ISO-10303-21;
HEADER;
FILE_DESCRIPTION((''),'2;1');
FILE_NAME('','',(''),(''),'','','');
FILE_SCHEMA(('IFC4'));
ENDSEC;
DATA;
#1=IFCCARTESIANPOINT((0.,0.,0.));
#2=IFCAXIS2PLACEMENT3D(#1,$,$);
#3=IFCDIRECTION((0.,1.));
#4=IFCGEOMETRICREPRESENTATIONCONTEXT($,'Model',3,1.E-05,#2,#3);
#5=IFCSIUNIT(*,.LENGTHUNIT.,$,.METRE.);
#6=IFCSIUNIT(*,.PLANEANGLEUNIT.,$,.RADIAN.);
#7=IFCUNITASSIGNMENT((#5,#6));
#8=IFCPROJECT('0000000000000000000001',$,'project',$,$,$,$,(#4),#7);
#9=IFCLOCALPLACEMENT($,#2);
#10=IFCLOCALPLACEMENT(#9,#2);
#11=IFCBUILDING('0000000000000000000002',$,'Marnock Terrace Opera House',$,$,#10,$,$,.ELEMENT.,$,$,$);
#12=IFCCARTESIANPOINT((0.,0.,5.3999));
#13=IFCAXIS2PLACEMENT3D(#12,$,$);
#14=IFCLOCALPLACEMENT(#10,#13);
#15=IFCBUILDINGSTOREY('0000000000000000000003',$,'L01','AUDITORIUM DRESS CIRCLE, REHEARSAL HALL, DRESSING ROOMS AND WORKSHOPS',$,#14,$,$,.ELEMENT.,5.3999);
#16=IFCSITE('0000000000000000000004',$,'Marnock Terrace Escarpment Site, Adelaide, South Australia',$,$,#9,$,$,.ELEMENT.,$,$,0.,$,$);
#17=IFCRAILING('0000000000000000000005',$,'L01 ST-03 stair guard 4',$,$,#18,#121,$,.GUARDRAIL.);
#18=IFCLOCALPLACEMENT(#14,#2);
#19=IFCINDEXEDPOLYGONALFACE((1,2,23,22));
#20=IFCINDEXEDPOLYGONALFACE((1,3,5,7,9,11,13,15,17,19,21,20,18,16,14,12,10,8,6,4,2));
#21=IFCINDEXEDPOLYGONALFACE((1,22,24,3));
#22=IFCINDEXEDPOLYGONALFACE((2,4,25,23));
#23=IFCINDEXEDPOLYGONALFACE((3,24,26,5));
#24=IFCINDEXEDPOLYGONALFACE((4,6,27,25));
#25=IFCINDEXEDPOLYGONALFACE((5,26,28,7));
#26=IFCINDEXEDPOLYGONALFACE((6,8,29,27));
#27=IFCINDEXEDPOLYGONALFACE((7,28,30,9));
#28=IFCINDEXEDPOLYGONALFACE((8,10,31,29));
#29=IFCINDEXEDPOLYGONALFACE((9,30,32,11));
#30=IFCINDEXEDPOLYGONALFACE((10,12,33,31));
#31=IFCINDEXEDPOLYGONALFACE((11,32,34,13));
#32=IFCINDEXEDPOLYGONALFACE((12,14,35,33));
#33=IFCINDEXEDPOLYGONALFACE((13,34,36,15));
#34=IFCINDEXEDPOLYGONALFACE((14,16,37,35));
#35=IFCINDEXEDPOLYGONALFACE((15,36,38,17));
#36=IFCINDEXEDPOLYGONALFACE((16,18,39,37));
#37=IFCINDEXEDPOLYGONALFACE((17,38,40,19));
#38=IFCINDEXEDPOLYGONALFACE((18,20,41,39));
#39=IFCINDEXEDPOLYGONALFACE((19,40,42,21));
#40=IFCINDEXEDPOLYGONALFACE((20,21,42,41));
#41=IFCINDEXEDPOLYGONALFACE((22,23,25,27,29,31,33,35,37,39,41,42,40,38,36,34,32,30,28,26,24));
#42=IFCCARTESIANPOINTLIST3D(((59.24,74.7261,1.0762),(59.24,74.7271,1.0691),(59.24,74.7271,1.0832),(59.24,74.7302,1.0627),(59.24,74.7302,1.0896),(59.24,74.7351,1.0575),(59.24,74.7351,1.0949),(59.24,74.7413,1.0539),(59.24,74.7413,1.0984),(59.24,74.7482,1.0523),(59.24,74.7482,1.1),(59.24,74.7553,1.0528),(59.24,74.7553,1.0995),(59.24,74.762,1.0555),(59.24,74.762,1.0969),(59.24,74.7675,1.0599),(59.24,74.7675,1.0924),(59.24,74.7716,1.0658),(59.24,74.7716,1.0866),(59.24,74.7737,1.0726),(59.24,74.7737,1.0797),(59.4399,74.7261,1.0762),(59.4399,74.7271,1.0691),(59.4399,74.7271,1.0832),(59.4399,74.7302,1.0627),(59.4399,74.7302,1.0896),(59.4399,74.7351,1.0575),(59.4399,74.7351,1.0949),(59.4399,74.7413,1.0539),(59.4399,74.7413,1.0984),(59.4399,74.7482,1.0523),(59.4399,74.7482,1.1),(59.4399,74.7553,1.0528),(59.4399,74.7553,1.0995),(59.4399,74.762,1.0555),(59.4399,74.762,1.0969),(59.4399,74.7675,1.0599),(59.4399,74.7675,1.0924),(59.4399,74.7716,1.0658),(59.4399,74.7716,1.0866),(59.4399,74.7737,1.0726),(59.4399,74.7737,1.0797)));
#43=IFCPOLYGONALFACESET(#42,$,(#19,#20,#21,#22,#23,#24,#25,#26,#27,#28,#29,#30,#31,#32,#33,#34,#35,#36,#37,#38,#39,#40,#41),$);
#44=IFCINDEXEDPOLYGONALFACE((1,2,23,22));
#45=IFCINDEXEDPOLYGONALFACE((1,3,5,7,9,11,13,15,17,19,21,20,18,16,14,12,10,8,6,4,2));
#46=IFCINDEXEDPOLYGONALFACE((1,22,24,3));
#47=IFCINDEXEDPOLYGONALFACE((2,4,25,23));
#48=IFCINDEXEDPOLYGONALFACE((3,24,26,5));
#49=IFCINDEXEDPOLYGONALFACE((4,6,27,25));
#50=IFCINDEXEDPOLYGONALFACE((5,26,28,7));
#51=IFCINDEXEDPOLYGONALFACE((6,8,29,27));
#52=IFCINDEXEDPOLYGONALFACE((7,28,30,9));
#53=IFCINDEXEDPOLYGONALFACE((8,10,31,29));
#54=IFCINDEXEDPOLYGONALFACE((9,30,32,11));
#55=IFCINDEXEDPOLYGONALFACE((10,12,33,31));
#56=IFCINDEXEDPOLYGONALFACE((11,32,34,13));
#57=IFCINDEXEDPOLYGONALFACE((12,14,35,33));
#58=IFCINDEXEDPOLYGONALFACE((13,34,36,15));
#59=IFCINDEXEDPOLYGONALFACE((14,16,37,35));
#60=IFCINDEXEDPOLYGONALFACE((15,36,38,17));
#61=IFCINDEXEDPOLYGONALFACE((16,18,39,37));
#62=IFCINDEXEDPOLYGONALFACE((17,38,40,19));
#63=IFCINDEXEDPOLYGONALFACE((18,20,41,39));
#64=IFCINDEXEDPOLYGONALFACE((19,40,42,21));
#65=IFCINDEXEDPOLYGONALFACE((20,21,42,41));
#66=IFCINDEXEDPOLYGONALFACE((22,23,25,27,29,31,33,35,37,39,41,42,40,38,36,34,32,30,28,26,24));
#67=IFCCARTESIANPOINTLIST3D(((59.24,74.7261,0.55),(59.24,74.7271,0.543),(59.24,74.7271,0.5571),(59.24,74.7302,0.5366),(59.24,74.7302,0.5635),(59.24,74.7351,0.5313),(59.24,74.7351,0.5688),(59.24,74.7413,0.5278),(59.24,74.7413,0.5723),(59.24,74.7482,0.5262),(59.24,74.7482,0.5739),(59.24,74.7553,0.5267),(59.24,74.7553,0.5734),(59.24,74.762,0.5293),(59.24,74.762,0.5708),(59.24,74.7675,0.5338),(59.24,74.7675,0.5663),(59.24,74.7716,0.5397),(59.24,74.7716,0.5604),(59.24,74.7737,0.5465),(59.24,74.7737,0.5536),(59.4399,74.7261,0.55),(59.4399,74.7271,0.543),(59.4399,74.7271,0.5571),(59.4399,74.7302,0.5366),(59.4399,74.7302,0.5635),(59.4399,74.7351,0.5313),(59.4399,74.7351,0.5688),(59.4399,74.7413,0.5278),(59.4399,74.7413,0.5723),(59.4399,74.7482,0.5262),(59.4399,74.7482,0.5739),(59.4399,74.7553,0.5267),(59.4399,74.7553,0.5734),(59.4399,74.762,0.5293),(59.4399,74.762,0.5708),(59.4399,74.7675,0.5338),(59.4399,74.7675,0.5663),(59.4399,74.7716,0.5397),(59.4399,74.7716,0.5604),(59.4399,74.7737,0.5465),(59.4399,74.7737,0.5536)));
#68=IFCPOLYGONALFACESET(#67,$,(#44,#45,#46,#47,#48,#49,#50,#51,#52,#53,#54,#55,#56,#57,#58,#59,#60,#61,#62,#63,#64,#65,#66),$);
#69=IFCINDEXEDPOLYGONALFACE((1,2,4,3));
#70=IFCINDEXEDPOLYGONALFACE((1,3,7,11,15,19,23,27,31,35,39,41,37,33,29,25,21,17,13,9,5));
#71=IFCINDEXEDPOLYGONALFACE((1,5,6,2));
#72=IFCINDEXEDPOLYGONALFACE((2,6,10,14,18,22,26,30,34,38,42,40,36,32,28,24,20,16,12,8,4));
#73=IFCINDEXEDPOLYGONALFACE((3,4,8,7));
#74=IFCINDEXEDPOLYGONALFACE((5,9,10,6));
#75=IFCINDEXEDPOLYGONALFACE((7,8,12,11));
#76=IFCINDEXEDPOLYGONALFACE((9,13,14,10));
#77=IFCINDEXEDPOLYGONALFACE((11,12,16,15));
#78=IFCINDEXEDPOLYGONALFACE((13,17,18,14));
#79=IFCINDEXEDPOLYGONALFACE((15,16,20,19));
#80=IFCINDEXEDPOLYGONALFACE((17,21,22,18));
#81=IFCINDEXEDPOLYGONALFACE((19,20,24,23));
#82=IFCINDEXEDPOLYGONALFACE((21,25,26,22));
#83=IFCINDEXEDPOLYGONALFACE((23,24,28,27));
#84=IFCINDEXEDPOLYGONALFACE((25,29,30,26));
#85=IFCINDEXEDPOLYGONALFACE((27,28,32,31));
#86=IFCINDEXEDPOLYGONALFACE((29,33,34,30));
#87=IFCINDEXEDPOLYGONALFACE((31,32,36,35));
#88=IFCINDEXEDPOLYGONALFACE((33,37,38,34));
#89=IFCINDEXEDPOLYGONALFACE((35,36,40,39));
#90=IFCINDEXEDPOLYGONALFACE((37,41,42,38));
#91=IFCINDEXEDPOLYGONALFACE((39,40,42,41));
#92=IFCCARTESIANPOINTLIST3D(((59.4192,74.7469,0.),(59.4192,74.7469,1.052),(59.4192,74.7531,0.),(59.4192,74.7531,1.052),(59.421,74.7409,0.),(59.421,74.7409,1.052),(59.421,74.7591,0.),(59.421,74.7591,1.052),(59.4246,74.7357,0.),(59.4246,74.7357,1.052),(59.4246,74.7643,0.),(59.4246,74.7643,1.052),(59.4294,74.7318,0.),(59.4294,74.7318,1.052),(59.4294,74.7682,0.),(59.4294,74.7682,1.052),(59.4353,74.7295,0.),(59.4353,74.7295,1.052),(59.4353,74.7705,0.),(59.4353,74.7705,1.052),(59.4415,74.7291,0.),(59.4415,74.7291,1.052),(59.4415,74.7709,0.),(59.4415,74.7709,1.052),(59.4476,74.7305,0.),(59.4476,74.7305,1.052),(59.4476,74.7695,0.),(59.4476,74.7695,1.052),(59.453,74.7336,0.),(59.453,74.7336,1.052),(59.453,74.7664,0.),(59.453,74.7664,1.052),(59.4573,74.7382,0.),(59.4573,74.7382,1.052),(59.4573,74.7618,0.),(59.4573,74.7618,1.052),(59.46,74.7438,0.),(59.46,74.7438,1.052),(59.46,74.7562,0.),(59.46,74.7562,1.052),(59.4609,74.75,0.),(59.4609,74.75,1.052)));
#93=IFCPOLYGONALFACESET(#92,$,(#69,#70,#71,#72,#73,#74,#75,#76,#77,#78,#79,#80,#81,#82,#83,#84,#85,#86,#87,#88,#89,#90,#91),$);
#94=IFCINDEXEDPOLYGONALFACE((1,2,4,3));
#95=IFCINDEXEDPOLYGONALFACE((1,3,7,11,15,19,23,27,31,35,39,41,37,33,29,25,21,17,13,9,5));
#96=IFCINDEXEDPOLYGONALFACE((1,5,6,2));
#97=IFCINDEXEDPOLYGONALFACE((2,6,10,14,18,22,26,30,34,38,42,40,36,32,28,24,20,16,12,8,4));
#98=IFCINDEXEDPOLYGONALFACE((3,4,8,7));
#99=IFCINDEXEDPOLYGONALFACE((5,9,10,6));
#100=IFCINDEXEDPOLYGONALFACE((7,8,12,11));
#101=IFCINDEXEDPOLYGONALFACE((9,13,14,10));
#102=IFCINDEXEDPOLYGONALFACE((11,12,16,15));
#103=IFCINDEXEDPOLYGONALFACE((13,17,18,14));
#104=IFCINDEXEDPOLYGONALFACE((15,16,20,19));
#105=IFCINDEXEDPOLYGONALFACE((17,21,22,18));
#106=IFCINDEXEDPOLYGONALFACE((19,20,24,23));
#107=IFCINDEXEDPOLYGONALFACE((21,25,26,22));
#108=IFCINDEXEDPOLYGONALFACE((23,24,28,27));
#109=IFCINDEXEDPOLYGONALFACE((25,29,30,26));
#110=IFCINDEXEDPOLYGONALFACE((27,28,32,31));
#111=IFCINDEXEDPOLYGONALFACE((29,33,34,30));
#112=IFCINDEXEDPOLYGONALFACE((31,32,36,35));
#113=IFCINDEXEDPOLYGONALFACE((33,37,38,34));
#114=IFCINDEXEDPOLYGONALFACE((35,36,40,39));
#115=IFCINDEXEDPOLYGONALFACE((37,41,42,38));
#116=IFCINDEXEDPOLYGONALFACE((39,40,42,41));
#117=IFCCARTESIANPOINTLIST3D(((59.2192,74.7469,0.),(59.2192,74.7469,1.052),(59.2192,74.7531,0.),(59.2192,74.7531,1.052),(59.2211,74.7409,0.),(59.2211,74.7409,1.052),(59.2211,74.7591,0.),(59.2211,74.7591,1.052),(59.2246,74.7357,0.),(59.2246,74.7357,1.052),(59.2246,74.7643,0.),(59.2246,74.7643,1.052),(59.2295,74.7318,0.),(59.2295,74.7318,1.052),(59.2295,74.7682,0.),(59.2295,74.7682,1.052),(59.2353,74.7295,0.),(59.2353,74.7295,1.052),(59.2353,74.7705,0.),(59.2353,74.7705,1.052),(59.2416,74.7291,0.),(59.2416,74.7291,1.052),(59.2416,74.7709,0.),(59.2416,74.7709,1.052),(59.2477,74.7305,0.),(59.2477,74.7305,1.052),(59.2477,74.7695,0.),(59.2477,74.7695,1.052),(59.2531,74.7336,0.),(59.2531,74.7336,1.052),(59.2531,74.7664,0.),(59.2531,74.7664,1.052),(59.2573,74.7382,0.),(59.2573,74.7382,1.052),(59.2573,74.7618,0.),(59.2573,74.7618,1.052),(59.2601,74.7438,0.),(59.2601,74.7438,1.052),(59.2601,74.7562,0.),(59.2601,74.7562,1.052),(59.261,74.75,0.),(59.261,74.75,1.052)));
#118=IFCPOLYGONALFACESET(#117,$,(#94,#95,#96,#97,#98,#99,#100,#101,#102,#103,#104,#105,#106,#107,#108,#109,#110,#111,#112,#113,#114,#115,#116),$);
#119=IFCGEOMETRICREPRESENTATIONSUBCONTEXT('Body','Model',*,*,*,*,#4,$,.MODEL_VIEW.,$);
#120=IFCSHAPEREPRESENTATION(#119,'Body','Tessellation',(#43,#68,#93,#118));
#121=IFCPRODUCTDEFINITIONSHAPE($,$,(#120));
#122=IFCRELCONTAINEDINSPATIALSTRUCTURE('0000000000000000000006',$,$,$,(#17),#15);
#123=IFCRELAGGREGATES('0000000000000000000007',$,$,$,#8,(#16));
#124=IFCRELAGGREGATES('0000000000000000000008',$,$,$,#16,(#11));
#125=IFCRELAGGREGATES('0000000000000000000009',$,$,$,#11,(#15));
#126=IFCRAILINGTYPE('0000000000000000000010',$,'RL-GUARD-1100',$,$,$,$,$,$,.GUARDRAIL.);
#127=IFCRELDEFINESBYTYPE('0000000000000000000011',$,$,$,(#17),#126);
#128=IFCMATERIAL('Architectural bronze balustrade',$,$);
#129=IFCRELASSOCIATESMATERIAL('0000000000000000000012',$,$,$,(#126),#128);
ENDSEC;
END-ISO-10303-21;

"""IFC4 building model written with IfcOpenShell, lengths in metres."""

from ifc_helpers import new_model, si_unit, direction, frame, origin, origin_2d, place, context, subcontext, project, spatial, circle, extrude, material, type_object, element, save


model = new_model("IFC4")

# Units and contexts
model_context = context("Model", 3, precision=1e-05, world=origin(), true_north=direction((0.0, 1.0)))
body_context = subcontext(model_context, "Body", "Model", "MODEL_VIEW")
ifc_project = project(units=[si_unit("LENGTHUNIT", "METRE"), si_unit("PLANEANGLEUNIT", "RADIAN")], contexts=[model_context])

# Site, building, storey
site_placement = place(None, origin())
site = spatial("IfcSite", under=ifc_project, at=site_placement, Name="Marnock Terrace Escarpment Site, Adelaide, South Australia", CompositionType="ELEMENT", RefElevation=0.0)
building_placement = place(site_placement, origin())
building = spatial("IfcBuilding", under=site, at=building_placement, Name="Marnock Terrace Opera House", CompositionType="ELEMENT")
storey_placement = place(building_placement, frame((0.0, 0.0, 5.3999)))
storey = spatial("IfcBuildingStorey", under=building, at=storey_placement, Name="L01", Description="AUDITORIUM DRESS CIRCLE, REHEARSAL HALL, DRESSING ROOMS AND WORKSHOPS", CompositionType="ELEMENT", Elevation=5.3999)

# Railing
ifc_material_1 = material(Name="Architectural bronze balustrade")
railing_type_1 = type_object("IfcRailingType", Name="RL-GUARD-1100", PredefinedType="GUARDRAIL", material=ifc_material_1)
railing_1_placement = place(storey_placement, frame((59.4399, 74.75, 0.0)))
element("IfcRailing", 1, at=railing_1_placement, inside=storey, type_object=railing_type_1, Name="L01 ST-03 stair guard 4", PredefinedType="GUARDRAIL", context=body_context, shape_type="SweptSolid", body=[
    extrude(circle(Radius=0.0239, at=origin_2d()), frame((0.0, 0.0, 1.0762), z_axis=(-1.0, 0.0, 0.0), x_axis=(0.0, -1.0, 0.0)), (0.0, 0.0, 1.0), 0.2),
    extrude(circle(Radius=0.0239, at=origin_2d()), frame((0.0, 0.0, 0.55), z_axis=(-1.0, 0.0, 0.0), x_axis=(0.0, -1.0, 0.0)), (0.0, 0.0, 1.0), 0.2),
    extrude(circle(Radius=0.021, at=origin_2d()), origin(), (0.0, 0.0, 1.0), 1.052),
    extrude(circle(Radius=0.021, at=origin_2d()), frame((-0.2, 0.0, 0.0)), (0.0, 0.0, 1.0), 1.052),
])

save(model, "model.ifc")
